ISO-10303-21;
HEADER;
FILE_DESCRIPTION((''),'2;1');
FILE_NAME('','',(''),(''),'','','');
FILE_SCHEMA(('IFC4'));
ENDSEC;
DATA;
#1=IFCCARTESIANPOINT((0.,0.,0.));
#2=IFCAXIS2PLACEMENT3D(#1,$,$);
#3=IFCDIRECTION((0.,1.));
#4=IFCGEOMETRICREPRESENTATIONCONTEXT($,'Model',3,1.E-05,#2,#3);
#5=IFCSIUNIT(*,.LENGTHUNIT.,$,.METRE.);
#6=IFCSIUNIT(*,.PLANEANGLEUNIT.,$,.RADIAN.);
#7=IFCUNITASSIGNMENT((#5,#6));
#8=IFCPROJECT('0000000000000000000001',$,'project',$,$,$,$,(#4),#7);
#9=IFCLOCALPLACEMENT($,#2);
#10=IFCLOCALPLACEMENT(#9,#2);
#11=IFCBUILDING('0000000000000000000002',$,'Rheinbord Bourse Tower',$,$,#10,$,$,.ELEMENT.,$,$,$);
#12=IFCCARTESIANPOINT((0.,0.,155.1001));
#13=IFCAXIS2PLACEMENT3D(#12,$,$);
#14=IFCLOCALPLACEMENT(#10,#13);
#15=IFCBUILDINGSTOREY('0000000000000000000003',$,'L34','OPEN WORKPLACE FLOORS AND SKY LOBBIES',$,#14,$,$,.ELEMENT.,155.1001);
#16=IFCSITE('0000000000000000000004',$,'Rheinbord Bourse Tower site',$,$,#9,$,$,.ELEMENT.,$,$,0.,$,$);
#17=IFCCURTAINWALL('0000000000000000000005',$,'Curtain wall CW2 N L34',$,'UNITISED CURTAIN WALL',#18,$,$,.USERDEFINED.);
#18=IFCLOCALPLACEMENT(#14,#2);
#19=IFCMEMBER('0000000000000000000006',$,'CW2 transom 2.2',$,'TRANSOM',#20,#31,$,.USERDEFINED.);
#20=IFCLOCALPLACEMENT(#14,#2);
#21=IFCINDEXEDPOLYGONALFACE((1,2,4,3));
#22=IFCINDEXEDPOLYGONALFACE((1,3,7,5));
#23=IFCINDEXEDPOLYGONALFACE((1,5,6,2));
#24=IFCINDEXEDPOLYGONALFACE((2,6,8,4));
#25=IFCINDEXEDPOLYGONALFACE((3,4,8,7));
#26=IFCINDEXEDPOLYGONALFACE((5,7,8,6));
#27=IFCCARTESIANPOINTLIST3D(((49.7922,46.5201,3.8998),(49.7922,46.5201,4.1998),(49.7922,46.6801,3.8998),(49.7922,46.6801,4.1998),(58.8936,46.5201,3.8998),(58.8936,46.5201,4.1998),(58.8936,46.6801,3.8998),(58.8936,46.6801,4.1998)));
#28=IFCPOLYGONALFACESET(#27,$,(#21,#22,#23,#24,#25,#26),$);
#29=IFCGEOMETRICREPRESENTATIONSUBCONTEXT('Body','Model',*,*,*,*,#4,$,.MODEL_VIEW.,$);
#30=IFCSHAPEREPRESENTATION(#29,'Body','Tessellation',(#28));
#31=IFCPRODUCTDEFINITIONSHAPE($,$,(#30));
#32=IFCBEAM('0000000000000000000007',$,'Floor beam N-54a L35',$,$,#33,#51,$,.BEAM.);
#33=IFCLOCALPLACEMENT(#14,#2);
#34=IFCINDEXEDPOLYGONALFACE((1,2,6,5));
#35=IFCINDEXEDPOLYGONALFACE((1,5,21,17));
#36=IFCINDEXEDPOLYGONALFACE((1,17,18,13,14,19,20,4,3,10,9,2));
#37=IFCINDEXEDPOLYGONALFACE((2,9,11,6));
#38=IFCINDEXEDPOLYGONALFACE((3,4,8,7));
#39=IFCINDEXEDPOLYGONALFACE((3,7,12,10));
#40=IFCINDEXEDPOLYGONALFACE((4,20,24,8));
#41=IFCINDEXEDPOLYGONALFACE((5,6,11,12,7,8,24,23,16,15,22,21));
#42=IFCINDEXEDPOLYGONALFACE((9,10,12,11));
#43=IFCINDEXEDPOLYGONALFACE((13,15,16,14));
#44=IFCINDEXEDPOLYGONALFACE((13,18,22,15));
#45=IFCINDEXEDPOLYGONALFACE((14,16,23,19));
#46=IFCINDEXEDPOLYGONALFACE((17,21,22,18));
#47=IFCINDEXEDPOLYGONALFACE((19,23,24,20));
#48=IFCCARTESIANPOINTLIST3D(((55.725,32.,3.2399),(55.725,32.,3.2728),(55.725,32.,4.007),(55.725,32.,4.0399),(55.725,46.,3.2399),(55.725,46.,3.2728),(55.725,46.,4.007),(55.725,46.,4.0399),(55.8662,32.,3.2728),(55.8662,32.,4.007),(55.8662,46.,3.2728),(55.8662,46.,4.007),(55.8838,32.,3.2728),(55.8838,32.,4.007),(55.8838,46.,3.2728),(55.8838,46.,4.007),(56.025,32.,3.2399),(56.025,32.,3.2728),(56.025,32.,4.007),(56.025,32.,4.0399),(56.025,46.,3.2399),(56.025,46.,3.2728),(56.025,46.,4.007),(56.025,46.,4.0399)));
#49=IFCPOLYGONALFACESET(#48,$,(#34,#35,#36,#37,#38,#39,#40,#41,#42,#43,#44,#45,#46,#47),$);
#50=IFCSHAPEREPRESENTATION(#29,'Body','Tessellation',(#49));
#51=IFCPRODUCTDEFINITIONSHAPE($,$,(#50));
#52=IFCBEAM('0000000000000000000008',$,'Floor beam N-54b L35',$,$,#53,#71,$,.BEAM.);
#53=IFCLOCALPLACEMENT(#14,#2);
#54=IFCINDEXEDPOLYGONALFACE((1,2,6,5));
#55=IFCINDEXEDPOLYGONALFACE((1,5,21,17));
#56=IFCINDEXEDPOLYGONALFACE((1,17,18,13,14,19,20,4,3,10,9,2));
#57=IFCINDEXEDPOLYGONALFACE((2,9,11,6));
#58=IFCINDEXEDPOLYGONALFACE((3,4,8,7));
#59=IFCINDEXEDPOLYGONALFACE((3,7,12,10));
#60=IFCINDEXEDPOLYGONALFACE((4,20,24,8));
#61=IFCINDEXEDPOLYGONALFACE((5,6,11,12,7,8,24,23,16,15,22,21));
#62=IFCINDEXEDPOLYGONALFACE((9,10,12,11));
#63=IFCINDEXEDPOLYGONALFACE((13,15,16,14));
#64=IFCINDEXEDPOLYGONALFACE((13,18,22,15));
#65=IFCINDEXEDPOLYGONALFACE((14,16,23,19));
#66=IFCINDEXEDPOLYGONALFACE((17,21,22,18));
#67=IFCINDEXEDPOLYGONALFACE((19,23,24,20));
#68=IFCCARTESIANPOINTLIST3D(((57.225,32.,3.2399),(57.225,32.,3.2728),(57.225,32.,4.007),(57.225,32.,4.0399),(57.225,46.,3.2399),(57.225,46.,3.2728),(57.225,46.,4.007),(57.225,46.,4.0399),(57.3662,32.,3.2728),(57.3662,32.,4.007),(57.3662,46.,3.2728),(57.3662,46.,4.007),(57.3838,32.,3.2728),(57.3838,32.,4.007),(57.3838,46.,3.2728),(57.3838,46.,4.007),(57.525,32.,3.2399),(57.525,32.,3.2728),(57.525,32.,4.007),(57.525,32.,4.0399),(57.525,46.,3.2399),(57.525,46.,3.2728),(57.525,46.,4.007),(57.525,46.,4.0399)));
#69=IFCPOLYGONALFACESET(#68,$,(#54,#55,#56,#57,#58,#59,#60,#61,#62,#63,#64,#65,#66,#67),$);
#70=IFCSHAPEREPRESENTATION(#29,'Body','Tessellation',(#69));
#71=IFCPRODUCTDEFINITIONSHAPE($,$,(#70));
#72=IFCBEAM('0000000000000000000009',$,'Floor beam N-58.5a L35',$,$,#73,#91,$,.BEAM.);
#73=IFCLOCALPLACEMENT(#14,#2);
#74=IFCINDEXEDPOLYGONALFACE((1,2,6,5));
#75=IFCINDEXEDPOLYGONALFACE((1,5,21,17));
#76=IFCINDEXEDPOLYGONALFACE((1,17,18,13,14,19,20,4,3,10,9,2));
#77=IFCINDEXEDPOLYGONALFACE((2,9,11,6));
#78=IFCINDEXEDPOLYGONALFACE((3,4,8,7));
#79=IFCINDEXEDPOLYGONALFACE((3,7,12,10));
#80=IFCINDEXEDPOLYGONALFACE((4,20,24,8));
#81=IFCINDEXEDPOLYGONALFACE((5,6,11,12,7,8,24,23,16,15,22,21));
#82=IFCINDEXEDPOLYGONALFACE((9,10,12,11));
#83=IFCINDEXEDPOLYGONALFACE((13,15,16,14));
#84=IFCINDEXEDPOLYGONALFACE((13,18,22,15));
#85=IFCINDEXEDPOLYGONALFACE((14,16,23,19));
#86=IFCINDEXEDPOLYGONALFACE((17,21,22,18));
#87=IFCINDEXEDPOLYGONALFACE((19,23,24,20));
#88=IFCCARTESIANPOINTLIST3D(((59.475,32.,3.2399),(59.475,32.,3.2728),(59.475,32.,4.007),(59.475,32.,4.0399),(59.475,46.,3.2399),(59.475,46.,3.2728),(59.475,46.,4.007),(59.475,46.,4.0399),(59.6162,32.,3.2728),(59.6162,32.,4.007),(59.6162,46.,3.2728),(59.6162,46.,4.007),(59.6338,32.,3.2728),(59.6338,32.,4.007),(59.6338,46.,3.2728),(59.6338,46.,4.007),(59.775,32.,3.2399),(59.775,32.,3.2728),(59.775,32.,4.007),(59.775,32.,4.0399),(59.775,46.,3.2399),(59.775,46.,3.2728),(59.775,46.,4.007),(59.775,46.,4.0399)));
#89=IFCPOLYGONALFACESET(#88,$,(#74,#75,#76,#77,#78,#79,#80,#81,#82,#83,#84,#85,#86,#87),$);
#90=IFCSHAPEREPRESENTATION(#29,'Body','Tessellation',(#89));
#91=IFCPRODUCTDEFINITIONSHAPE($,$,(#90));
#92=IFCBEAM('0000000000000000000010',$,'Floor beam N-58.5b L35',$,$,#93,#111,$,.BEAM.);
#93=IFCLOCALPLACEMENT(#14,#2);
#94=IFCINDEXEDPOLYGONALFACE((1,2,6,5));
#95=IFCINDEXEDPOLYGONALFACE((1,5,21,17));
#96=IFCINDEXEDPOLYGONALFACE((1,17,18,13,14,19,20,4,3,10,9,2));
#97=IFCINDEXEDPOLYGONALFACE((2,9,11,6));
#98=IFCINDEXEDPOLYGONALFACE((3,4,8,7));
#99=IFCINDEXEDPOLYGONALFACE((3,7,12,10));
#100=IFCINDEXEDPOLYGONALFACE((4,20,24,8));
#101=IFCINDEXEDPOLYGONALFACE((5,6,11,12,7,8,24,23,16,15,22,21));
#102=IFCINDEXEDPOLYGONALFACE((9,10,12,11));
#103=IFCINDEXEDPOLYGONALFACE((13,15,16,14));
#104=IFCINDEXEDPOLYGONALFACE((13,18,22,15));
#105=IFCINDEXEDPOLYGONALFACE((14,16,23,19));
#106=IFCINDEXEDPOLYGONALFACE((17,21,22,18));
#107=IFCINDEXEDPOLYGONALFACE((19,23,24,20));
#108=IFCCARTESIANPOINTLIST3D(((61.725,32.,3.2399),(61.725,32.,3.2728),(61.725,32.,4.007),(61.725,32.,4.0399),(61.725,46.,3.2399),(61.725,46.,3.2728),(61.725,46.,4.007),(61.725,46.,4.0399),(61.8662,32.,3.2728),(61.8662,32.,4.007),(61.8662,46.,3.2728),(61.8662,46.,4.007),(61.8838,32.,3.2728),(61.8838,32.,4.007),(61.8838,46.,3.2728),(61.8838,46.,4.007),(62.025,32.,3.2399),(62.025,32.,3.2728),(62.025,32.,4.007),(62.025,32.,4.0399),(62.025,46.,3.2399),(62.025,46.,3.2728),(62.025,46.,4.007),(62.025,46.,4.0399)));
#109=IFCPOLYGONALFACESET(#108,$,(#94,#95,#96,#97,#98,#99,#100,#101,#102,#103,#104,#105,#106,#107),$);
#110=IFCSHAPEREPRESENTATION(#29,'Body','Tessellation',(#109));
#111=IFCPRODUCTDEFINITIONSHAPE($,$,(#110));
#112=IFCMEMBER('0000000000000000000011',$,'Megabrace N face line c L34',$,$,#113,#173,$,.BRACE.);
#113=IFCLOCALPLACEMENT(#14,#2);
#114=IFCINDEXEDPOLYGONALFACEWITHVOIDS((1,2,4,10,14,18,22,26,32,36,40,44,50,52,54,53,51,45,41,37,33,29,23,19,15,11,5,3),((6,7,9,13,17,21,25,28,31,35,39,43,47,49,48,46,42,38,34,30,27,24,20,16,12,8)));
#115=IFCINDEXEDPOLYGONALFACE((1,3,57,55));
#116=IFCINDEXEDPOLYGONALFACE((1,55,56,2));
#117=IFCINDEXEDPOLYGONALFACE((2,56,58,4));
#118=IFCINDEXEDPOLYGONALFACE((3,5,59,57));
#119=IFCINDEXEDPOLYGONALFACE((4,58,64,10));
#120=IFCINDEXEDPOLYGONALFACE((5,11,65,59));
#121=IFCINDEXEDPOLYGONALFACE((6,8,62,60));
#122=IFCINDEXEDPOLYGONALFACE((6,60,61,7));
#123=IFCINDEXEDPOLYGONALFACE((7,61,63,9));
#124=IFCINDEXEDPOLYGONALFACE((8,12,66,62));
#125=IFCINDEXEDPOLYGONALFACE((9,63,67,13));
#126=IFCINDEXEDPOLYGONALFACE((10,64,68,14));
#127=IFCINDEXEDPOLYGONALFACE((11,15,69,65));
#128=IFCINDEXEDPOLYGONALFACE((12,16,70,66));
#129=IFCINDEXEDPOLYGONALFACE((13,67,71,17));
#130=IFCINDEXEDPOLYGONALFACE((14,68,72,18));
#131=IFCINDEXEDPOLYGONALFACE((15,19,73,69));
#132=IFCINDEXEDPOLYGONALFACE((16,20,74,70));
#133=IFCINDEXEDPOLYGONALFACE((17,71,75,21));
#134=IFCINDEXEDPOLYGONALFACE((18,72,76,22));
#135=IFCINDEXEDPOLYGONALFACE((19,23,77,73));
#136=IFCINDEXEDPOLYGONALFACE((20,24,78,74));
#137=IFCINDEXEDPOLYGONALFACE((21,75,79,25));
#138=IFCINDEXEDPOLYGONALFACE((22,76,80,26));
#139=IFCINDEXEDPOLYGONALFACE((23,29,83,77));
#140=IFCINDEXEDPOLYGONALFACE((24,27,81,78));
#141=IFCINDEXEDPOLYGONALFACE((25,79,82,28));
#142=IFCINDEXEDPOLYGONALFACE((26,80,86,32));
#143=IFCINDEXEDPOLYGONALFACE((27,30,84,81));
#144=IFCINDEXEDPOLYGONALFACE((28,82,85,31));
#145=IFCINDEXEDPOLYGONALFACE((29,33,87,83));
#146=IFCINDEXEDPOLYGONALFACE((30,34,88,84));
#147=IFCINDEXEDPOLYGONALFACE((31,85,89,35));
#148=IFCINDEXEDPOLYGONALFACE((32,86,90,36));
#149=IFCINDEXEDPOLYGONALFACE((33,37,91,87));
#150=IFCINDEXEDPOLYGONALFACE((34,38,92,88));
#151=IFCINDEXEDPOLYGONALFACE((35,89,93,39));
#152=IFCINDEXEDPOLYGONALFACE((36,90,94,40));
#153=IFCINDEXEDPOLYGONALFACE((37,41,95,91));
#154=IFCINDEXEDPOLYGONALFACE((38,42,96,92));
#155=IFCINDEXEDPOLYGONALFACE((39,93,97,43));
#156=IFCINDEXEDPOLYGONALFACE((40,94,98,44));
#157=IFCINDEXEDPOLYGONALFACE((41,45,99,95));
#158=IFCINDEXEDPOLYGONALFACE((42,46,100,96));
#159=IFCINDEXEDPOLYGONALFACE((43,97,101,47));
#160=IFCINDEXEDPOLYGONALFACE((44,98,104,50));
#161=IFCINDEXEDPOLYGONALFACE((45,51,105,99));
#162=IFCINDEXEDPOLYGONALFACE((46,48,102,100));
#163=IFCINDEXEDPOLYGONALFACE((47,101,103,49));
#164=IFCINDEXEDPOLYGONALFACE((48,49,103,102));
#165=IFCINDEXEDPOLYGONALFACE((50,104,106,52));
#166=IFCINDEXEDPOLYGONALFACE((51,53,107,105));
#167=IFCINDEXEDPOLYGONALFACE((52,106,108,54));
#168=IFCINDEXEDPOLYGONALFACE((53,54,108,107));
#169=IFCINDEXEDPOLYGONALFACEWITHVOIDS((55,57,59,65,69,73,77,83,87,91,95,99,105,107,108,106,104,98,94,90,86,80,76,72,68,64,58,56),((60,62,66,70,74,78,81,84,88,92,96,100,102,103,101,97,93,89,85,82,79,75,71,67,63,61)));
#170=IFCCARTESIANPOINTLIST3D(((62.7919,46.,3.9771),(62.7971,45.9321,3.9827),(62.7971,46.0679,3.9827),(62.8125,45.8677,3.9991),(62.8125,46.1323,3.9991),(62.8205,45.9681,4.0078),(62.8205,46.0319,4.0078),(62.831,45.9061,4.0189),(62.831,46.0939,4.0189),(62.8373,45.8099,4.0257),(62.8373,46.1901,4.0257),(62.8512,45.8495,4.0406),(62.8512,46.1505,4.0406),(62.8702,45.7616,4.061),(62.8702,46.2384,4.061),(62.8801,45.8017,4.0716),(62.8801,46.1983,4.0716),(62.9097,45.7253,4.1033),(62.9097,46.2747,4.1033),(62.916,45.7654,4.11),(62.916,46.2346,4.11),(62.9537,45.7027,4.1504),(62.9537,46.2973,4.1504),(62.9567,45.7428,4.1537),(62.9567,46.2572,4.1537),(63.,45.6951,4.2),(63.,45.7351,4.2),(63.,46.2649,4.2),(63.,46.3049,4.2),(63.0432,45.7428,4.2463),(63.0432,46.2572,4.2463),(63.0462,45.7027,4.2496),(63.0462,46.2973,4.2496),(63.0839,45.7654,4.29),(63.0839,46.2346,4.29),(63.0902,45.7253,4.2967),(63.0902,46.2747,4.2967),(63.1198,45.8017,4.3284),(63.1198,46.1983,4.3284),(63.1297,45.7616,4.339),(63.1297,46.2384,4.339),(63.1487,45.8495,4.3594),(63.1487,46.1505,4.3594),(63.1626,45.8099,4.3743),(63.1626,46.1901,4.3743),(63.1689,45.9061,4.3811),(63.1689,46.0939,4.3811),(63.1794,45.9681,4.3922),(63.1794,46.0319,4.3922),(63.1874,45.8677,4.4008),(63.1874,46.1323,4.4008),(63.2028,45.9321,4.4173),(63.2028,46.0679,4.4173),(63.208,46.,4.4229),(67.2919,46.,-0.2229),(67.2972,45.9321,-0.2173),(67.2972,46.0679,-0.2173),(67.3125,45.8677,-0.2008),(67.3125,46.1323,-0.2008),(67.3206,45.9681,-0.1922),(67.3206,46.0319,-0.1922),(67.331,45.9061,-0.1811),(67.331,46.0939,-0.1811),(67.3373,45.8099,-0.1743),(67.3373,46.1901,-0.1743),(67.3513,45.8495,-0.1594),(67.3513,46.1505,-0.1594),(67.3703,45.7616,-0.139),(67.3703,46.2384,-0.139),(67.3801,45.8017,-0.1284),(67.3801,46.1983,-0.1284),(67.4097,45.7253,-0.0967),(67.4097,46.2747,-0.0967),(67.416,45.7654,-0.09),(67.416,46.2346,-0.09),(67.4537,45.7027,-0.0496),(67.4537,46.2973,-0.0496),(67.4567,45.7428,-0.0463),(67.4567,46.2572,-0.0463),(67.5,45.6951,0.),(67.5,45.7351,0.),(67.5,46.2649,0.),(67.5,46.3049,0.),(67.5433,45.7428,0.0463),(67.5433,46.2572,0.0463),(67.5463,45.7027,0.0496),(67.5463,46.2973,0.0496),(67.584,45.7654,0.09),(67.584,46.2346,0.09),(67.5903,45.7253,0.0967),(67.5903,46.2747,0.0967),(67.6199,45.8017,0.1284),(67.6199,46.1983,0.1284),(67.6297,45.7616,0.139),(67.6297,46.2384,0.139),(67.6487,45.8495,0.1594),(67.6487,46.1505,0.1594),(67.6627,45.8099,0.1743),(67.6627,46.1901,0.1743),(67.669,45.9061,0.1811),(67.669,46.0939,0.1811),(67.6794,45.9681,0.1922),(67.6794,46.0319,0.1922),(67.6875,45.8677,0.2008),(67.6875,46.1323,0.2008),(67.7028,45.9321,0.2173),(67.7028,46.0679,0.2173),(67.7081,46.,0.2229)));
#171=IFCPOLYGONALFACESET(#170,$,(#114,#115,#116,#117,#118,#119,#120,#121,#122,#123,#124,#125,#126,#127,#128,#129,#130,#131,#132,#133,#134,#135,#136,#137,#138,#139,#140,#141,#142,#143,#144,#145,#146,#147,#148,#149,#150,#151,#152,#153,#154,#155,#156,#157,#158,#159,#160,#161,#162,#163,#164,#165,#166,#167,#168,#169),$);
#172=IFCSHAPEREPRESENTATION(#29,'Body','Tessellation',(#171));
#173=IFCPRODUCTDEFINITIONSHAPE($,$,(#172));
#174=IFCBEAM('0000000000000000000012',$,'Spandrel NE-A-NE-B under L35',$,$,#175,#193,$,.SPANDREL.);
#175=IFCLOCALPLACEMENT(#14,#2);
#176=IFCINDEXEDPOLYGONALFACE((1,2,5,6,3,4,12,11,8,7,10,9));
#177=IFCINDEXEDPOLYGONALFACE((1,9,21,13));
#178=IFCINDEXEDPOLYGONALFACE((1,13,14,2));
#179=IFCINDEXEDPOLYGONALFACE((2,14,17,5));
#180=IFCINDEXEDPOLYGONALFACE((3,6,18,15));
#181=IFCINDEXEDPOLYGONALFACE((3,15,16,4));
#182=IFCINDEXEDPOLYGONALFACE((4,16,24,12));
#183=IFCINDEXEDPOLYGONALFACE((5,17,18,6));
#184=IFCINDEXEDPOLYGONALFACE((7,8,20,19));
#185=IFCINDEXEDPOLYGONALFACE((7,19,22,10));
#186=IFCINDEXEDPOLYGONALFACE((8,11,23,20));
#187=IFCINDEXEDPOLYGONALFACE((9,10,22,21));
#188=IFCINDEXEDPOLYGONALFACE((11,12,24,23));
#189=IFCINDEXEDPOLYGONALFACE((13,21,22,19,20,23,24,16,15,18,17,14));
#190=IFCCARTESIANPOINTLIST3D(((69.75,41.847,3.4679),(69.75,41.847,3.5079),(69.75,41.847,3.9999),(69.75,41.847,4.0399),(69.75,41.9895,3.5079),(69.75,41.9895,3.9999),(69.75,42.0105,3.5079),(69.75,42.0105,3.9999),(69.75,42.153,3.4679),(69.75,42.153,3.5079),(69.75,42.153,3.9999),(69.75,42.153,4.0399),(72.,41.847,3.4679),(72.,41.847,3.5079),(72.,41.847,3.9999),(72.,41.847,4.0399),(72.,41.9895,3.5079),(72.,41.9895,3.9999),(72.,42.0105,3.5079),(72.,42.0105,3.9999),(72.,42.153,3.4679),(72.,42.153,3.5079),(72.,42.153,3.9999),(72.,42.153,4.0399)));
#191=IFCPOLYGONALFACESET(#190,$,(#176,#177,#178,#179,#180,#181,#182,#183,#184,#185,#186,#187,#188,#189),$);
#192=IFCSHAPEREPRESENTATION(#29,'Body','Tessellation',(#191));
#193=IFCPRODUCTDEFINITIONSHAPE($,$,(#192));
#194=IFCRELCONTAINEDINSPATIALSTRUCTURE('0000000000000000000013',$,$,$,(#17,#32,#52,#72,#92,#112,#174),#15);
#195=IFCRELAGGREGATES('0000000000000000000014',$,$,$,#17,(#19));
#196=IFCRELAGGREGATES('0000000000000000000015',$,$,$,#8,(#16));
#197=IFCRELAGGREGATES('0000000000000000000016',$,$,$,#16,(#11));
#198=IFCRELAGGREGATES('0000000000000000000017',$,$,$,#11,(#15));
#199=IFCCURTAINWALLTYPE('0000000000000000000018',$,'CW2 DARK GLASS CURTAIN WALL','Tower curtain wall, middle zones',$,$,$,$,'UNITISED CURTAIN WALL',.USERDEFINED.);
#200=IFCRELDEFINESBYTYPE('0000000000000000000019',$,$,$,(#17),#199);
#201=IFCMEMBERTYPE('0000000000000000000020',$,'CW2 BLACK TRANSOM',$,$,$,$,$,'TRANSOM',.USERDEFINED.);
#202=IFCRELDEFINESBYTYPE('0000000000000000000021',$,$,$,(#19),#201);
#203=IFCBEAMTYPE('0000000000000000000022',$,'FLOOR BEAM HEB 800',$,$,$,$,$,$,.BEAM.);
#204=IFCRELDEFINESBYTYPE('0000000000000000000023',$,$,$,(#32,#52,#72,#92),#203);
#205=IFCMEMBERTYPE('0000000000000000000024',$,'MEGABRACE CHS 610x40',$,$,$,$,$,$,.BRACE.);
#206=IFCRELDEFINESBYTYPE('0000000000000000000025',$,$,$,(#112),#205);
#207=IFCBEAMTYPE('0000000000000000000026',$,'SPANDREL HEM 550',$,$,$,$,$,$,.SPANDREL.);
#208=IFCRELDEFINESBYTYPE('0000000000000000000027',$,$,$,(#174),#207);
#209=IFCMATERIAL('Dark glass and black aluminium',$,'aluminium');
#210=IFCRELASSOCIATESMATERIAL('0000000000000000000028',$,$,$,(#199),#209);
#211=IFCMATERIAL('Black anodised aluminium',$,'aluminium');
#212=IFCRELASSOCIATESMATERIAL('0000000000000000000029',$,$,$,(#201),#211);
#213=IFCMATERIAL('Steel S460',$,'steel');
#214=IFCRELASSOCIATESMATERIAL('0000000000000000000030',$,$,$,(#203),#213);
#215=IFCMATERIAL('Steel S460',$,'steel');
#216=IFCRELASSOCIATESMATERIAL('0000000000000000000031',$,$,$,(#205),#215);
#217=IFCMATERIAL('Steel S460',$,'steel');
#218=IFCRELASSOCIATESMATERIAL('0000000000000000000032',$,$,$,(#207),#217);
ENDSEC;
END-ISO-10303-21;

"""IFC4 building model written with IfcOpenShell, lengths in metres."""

from ifc_helpers import new_model, si_unit, direction, frame, origin, origin_2d, place, context, subcontext, project, spatial, rectangle, hollow_circle, i_section, extrude, material, material_profile, profile_set, type_object, element, aggregate, save


model = new_model("IFC4")

# Units and contexts
model_context = context("Model", 3, precision=1e-05, world=origin(), true_north=direction((0.0, 1.0)))
body_context = subcontext(model_context, "Body", "Model", "MODEL_VIEW")
ifc_project = project(units=[si_unit("LENGTHUNIT", "METRE"), si_unit("PLANEANGLEUNIT", "RADIAN")], contexts=[model_context])

# Site, building, storey
site_placement = place(None, origin())
site = spatial("IfcSite", under=ifc_project, at=site_placement, Name="Rheinbord Bourse Tower site", CompositionType="ELEMENT", RefElevation=0.0)
building_placement = place(site_placement, origin())
building = spatial("IfcBuilding", under=site, at=building_placement, Name="Rheinbord Bourse Tower", CompositionType="ELEMENT")
storey_placement = place(building_placement, frame((0.0, 0.0, 155.1001)))
storey = spatial("IfcBuildingStorey", under=building, at=storey_placement, Name="L34", Description="OPEN WORKPLACE FLOORS AND SKY LOBBIES", CompositionType="ELEMENT", Elevation=155.1001)

# Curtain wall
ifc_material_1 = material(Name="Dark glass and black aluminium", Category="aluminium")
curtain_wall_type = type_object("IfcCurtainWallType", Name="CW2 DARK GLASS CURTAIN WALL", Description="Tower curtain wall, middle zones", ElementType="UNITISED CURTAIN WALL", PredefinedType="USERDEFINED", material=ifc_material_1)
curtain_wall_1_placement = place(storey_placement, origin())
curtain_wall_1 = element("IfcCurtainWall", 1, at=curtain_wall_1_placement, inside=storey, type_object=curtain_wall_type, Name="Curtain wall CW2 N L34", ObjectType="UNITISED CURTAIN WALL", PredefinedType="USERDEFINED")

# Member
ifc_material_2 = material(Name="Black anodised aluminium", Category="aluminium")
ifc_material_profile_1 = material_profile(ifc_material_2, rectangle(XDim=0.1599, YDim=0.3, at=origin_2d()), Name="CW2 TRANSOM 300x160")
ifc_profile_set_1 = profile_set([ifc_material_profile_1], Name="Black anodised aluminium")
member_type_1 = type_object("IfcMemberType", Name="CW2 BLACK TRANSOM", ElementType="TRANSOM", PredefinedType="USERDEFINED", material=ifc_profile_set_1)
member_1_placement = place(storey_placement, frame((58.8936, 46.6001, 4.0498), z_axis=(-1.0, 0.0, 0.0), x_axis=(0.0, -1.0, 0.0)))
member_1 = element("IfcMember", 2, at=member_1_placement, type_object=member_type_1, Name="CW2 transom 2.2", ObjectType="TRANSOM", PredefinedType="USERDEFINED", context=body_context, shape_type="SweptSolid", body=[
    extrude(rectangle(XDim=0.1599, YDim=0.3, at=origin_2d()), origin(), (0.0, 0.0, 1.0), 9.1013),
])

# Beams
ifc_material_3 = material(Name="Steel S460", Category="steel")
ifc_material_profile_2 = material_profile(ifc_material_3, i_section(OverallWidth=0.3, OverallDepth=0.8, WebThickness=0.0176, FlangeThickness=0.033, at=origin_2d()), Name="HEB 800")
ifc_profile_set_2 = profile_set([ifc_material_profile_2], Name="Steel S460")
beam_type_1 = type_object("IfcBeamType", Name="FLOOR BEAM HEB 800", PredefinedType="BEAM", material=ifc_profile_set_2)
for number, where, z_axis, x_axis, name in (
    (3, (55.875, 46.0, 3.6399), (0.0, -1.0, 0.0), (1.0, 0.0, 0.0), "Floor beam N-54a L35"),
    (4, (57.375, 46.0, 3.6399), (0.0, -1.0, 0.0), (1.0, 0.0, 0.0), "Floor beam N-54b L35"),
    (5, (59.625, 46.0, 3.6399), (0.0, -1.0, 0.0), (1.0, 0.0, 0.0), "Floor beam N-58.5a L35"),
    (6, (61.875, 46.0, 3.6399), (0.0, -1.0, 0.0), (1.0, 0.0, 0.0), "Floor beam N-58.5b L35"),
):
    element("IfcBeam", number, at=place(storey_placement, frame(where, z_axis=z_axis, x_axis=x_axis)), inside=storey, type_object=beam_type_1, Name=name, PredefinedType="BEAM", context=body_context, shape_type="SweptSolid", body=[
        extrude(i_section(OverallWidth=0.3, OverallDepth=0.8, WebThickness=0.0176, FlangeThickness=0.033, at=origin_2d()), origin(), (0.0, 0.0, 1.0), 14.0),
    ])

# Member
ifc_material_4 = material(Name="Steel S460", Category="steel")
ifc_material_profile_3 = material_profile(ifc_material_4, hollow_circle(Radius=0.3049, WallThickness=0.04, at=origin_2d()), Name="CHS 610x40")
ifc_profile_set_3 = profile_set([ifc_material_profile_3], Name="Steel S460")
member_type_2 = type_object("IfcMemberType", Name="MEGABRACE CHS 610x40", PredefinedType="BRACE", material=ifc_profile_set_3)
member_2_placement = place(storey_placement, frame((67.5, 46.0, 0.0), z_axis=(-0.731059, 0.0, 0.682314), x_axis=(0.0, -1.0, 0.0)))
element("IfcMember", 7, at=member_2_placement, inside=storey, type_object=member_type_2, Name="Megabrace N face line c L34", PredefinedType="BRACE", context=body_context, shape_type="SweptSolid", body=[
    extrude(hollow_circle(Radius=0.3049, WallThickness=0.04, at=origin_2d()), origin(), (0.0, 0.0, 1.0), 6.1555),
])

# Beam
ifc_material_5 = material(Name="Steel S460", Category="steel")
ifc_material_profile_4 = material_profile(ifc_material_5, i_section(OverallWidth=0.3059, OverallDepth=0.572, WebThickness=0.021, FlangeThickness=0.04, at=origin_2d()), Name="HEM 550")
ifc_profile_set_4 = profile_set([ifc_material_profile_4], Name="Steel S460")
beam_type_2 = type_object("IfcBeamType", Name="SPANDREL HEM 550", PredefinedType="SPANDREL", material=ifc_profile_set_4)
for number, where, z_axis, x_axis, name in (
    (8, (72.0, 42.0, 3.7539), (-1.0, 0.0, 0.0), (0.0, -1.0, 0.0), "Spandrel NE-A-NE-B under L35"),
):
    element("IfcBeam", number, at=place(storey_placement, frame(where, z_axis=z_axis, x_axis=x_axis)), inside=storey, type_object=beam_type_2, Name=name, PredefinedType="SPANDREL", context=body_context, shape_type="SweptSolid", body=[
        extrude(i_section(OverallWidth=0.3059, OverallDepth=0.572, WebThickness=0.021, FlangeThickness=0.04, at=origin_2d()), origin(), (0.0, 0.0, 1.0), 2.25),
    ])

aggregate(curtain_wall_1, [member_1])

save(model, "model.ifc")
